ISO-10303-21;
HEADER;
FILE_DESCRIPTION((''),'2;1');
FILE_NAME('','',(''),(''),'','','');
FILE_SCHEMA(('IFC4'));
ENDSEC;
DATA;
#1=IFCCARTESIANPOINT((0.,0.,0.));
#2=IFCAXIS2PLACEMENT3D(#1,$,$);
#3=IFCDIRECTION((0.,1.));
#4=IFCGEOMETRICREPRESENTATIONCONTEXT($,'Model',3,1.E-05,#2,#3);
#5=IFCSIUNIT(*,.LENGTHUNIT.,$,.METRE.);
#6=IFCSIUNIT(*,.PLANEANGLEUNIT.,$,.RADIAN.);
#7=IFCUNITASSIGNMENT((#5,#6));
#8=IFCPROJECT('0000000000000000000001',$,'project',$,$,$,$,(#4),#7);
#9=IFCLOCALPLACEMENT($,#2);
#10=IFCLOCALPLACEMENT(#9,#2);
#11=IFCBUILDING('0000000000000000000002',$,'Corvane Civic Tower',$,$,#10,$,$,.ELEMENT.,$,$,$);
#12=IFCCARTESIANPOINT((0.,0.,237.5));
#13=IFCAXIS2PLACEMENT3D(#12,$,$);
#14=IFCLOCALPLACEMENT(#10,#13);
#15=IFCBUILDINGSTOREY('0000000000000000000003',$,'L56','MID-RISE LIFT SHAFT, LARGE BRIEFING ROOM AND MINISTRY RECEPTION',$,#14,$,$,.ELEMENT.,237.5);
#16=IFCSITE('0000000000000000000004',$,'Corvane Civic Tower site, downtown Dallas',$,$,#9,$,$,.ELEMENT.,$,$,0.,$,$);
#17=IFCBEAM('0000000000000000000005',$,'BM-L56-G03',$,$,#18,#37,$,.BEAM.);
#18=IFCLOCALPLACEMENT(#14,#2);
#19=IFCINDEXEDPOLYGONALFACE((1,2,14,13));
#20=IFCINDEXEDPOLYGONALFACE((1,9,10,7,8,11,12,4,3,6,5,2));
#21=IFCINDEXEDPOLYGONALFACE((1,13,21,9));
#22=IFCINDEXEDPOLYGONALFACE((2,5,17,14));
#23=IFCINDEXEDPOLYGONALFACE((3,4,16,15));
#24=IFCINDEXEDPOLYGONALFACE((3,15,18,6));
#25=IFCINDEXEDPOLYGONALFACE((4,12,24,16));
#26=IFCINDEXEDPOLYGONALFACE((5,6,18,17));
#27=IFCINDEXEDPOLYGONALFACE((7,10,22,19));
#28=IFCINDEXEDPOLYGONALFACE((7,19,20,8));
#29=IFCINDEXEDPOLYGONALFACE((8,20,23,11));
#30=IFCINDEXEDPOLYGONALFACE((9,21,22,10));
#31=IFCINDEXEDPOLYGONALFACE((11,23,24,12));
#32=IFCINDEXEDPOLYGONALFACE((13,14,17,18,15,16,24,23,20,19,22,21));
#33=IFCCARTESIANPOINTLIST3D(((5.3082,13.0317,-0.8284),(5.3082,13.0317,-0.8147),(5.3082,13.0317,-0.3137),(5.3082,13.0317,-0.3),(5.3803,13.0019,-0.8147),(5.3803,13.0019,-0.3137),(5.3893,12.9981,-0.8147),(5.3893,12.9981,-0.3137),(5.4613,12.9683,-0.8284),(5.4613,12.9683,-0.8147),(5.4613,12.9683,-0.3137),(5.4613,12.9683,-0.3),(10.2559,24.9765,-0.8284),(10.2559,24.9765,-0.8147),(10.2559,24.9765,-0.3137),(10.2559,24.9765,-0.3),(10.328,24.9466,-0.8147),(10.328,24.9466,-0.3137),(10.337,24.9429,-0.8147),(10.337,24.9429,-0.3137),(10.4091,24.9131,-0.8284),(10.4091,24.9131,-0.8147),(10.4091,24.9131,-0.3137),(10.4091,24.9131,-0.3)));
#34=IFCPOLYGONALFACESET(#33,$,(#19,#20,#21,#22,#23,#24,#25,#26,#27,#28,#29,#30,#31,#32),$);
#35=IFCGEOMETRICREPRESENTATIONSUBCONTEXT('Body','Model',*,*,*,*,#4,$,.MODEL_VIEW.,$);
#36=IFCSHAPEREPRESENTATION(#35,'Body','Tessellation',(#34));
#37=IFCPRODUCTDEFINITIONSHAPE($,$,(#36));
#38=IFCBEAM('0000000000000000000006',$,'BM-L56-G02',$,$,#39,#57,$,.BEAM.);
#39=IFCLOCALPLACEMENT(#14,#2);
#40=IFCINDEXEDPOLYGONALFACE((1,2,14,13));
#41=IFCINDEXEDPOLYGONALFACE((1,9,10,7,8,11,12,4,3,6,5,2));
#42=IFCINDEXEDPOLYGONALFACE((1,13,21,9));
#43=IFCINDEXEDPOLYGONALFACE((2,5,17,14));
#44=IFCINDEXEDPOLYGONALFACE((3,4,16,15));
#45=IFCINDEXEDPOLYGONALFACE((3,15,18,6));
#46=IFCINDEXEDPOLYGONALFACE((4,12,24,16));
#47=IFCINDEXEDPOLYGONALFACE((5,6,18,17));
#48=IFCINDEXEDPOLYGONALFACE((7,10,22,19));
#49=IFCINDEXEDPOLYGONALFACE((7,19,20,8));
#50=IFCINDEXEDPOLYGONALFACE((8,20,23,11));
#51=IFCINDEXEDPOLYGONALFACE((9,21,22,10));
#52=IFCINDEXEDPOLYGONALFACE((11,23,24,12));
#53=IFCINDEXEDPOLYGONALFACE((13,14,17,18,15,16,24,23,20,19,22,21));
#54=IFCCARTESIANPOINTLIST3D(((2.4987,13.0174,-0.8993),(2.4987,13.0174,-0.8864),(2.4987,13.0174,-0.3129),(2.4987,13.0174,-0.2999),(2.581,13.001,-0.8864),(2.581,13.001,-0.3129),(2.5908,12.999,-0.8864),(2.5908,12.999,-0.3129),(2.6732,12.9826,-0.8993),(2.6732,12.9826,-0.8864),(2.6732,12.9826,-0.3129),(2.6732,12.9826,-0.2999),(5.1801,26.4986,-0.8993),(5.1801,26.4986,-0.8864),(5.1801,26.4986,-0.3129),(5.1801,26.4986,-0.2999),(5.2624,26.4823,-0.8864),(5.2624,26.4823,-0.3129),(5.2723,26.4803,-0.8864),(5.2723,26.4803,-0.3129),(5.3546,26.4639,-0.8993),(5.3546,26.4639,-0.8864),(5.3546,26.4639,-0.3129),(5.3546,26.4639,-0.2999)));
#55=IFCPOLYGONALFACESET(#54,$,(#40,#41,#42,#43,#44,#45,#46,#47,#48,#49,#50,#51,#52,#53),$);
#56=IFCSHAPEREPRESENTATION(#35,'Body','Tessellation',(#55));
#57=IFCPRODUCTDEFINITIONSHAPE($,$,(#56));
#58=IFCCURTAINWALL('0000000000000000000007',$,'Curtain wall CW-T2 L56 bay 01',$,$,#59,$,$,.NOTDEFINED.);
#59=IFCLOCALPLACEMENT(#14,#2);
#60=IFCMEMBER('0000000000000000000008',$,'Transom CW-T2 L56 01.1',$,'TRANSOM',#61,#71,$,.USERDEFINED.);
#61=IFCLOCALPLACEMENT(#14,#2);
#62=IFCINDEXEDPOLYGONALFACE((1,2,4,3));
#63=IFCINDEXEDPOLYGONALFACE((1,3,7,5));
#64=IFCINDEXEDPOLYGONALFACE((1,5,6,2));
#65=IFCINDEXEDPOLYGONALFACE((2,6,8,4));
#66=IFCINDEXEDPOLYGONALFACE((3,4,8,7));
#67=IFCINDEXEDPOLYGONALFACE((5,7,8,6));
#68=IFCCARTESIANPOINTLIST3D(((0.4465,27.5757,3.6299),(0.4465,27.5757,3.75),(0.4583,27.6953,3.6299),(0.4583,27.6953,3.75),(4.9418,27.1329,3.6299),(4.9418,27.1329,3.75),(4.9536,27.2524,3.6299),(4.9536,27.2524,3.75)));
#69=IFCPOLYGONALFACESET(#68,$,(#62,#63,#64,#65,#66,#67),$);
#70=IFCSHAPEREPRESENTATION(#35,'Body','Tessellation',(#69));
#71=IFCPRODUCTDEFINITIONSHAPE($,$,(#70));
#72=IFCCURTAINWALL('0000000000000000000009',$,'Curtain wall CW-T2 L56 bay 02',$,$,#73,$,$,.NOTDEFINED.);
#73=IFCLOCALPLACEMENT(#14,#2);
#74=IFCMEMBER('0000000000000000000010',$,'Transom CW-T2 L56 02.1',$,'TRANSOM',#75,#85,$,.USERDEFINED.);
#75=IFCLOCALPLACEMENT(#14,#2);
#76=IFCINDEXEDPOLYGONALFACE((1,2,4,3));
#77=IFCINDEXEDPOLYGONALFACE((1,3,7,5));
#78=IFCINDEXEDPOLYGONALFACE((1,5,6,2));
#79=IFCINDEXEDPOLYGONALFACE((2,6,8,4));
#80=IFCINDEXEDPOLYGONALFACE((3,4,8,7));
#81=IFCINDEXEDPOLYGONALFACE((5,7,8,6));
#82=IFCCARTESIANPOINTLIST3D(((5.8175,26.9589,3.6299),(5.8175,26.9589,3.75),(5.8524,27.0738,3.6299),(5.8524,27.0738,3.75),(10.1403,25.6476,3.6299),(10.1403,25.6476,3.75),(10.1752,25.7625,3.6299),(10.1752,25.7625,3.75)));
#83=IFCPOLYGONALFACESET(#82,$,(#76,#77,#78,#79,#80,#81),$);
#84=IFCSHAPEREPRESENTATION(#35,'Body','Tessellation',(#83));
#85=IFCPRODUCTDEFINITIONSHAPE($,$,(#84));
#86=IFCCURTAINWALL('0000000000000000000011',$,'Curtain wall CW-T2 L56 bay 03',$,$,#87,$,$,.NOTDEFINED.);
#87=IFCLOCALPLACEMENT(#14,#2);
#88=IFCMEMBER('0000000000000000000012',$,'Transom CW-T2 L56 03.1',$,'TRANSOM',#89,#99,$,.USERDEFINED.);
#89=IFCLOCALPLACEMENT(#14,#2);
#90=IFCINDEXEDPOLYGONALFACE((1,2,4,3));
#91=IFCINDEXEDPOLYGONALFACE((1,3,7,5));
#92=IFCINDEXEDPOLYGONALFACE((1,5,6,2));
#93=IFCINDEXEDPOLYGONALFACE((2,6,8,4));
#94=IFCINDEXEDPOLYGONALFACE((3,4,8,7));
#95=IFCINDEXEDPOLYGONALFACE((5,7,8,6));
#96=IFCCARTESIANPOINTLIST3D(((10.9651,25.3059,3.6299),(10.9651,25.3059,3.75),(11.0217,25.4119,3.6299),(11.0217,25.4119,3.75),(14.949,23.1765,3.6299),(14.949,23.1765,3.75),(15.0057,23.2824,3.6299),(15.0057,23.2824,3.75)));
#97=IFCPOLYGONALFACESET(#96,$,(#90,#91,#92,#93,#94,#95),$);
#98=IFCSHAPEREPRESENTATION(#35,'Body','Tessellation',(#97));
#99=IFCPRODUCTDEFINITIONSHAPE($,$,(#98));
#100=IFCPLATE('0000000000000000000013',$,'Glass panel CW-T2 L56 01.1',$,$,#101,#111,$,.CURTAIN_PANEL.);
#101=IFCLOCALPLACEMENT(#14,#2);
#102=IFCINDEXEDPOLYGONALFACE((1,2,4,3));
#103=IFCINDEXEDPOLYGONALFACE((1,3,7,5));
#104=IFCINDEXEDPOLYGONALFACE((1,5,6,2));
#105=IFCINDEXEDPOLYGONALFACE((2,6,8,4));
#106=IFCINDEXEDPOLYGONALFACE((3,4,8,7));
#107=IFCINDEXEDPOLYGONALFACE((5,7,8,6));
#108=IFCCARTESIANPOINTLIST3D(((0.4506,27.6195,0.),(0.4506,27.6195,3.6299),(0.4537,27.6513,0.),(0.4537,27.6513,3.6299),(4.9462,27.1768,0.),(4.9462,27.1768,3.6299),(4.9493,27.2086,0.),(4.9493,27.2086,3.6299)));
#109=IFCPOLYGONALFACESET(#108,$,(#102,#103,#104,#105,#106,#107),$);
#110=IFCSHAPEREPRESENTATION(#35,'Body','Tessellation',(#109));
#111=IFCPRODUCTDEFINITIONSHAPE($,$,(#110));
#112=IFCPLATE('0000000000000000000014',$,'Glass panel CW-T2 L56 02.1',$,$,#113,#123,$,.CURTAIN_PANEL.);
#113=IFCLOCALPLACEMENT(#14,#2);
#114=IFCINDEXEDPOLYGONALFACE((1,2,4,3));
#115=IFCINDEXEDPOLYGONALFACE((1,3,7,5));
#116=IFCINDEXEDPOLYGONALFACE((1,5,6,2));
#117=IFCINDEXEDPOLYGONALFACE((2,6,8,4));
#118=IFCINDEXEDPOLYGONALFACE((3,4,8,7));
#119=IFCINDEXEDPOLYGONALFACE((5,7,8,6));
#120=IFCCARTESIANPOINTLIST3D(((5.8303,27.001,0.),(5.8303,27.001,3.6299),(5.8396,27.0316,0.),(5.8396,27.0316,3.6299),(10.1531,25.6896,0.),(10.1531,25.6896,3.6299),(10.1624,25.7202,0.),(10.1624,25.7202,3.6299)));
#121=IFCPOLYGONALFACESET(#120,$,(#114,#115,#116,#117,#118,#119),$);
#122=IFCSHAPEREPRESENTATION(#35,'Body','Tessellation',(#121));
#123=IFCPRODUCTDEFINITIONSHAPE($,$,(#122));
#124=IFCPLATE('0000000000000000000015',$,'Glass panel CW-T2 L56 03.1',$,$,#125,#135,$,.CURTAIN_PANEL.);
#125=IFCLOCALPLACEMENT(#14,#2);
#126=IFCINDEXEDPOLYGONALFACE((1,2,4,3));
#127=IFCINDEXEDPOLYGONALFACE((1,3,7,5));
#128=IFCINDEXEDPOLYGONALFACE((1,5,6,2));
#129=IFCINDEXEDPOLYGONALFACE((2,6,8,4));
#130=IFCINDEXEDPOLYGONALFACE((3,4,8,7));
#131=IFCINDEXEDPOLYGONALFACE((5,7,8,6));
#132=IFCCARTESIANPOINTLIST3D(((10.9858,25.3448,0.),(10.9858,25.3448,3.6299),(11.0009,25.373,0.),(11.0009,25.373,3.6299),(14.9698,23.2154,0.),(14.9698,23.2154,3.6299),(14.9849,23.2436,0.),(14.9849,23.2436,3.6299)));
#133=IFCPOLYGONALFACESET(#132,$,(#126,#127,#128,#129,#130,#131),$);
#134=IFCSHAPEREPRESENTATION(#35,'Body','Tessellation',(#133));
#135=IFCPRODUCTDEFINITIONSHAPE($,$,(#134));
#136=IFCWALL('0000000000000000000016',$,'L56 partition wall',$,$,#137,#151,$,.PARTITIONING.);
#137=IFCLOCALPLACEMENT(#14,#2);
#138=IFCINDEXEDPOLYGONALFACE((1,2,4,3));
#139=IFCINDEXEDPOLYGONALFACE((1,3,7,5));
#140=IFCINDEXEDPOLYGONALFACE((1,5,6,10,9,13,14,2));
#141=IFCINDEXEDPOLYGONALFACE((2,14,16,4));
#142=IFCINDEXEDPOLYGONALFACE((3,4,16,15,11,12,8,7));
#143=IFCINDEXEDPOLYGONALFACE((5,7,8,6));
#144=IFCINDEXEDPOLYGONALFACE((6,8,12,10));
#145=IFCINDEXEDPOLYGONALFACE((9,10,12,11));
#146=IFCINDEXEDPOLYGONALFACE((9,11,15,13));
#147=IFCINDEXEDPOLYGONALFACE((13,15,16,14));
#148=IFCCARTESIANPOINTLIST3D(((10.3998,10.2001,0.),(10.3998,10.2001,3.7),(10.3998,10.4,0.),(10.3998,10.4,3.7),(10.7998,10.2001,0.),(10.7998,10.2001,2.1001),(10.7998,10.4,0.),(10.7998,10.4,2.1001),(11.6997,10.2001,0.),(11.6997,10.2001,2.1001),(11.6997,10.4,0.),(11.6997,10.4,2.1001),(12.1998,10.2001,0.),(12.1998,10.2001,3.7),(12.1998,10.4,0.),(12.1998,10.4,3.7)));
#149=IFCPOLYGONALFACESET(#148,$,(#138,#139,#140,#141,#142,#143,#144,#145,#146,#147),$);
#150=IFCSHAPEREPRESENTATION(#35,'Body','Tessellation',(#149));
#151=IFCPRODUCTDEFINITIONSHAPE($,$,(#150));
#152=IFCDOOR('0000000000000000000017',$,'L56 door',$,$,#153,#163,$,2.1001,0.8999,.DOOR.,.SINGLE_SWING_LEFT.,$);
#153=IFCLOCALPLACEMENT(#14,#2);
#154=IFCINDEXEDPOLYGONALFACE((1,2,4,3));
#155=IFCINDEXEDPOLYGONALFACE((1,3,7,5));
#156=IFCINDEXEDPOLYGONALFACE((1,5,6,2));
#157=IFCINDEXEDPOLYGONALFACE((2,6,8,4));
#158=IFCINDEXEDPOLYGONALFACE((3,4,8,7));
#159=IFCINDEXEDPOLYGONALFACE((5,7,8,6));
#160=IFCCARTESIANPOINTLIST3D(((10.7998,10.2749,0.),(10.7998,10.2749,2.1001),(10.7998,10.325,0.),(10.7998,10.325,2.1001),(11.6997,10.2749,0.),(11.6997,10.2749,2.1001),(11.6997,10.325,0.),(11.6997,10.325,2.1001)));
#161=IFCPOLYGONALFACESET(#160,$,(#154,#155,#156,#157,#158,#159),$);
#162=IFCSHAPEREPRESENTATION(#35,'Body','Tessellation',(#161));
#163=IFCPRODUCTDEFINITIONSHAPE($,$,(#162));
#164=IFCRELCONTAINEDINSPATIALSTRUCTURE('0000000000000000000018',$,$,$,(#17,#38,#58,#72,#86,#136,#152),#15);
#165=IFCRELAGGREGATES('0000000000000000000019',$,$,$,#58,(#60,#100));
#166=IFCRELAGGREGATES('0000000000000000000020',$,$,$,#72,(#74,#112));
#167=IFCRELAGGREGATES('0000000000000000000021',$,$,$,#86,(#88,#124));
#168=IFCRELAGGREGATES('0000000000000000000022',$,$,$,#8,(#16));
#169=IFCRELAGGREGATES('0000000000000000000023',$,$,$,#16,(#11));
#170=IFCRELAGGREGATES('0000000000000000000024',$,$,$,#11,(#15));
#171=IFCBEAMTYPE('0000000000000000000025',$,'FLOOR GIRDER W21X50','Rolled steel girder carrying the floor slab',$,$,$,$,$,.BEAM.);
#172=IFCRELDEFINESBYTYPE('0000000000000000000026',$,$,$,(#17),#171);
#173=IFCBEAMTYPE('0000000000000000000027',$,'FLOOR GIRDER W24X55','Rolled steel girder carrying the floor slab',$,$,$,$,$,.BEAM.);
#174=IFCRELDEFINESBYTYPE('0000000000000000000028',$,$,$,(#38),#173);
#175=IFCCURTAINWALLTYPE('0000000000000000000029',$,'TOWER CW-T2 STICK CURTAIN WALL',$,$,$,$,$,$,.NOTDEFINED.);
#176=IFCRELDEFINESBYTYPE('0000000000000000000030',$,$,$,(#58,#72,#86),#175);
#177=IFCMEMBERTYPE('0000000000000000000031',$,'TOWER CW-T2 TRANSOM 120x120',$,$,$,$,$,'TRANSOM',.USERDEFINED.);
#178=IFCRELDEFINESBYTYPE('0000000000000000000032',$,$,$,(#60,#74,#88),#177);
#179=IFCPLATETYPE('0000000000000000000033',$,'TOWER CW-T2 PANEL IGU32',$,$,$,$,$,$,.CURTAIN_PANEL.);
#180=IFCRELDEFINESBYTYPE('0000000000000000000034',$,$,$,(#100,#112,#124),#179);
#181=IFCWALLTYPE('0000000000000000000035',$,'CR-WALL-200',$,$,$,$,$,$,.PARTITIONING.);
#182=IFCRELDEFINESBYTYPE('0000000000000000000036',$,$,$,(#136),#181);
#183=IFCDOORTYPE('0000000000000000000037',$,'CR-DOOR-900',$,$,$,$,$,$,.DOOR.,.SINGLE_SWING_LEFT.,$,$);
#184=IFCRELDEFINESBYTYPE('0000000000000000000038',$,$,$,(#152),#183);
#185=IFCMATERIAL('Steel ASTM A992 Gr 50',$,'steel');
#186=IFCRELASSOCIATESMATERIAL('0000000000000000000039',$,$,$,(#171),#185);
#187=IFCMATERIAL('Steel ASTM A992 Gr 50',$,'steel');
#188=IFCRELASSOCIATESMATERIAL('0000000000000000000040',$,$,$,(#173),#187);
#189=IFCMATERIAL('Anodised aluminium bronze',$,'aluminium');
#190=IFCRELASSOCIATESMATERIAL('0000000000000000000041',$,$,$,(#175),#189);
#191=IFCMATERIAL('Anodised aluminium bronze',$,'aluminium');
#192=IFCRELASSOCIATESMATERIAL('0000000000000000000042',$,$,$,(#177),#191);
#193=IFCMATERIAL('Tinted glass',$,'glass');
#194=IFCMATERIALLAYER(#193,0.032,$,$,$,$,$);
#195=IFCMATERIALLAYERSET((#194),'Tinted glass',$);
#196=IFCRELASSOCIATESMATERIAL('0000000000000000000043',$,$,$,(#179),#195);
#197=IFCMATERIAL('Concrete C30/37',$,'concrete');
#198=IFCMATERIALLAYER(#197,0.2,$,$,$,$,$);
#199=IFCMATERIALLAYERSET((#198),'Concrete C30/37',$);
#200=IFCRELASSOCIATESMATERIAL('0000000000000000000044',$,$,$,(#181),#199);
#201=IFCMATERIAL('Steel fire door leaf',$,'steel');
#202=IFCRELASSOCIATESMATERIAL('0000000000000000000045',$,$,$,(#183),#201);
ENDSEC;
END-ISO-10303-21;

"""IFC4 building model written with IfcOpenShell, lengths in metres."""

from ifc_helpers import new_model, si_unit, direction, frame, frame_2d, origin, origin_2d, place, context, subcontext, project, spatial, rectangle, i_section, extrude, material, layer, layer_set, material_profile, profile_set, type_object, element, fill, aggregate, save


model = new_model("IFC4")

# Units and contexts
model_context = context("Model", 3, precision=1e-05, world=origin(), true_north=direction((0.0, 1.0)))
body_context = subcontext(model_context, "Body", "Model", "MODEL_VIEW")
ifc_project = project(units=[si_unit("LENGTHUNIT", "METRE"), si_unit("PLANEANGLEUNIT", "RADIAN")], contexts=[model_context])

# Site, building, storey
site_placement = place(None, origin())
site = spatial("IfcSite", under=ifc_project, at=site_placement, Name="Corvane Civic Tower site, downtown Dallas", CompositionType="ELEMENT", RefElevation=0.0)
building_placement = place(site_placement, origin())
building = spatial("IfcBuilding", under=site, at=building_placement, Name="Corvane Civic Tower", CompositionType="ELEMENT")
storey_placement = place(building_placement, frame((0.0, 0.0, 237.5)))
storey = spatial("IfcBuildingStorey", under=building, at=storey_placement, Name="L56", Description="MID-RISE LIFT SHAFT, LARGE BRIEFING ROOM AND MINISTRY RECEPTION", CompositionType="ELEMENT", Elevation=237.5)

# Beams
ifc_material_1 = material(Name="Steel ASTM A992 Gr 50", Category="steel")
ifc_material_profile_1 = material_profile(ifc_material_1, i_section(OverallWidth=0.1658, OverallDepth=0.5283, WebThickness=0.0098, FlangeThickness=0.0137, at=origin_2d()), Name="W21X50")
ifc_profile_set_1 = profile_set([ifc_material_profile_1], Name="Steel ASTM A992 Gr 50")
beam_type_1 = type_object("IfcBeamType", Name="FLOOR GIRDER W21X50", Description="Rolled steel girder carrying the floor slab", PredefinedType="BEAM", material=ifc_profile_set_1)
beam_1_placement = place(storey_placement, frame((5.3848, 13.0, -0.5642), z_axis=(0.382686, 0.923878, 0.0), x_axis=(-0.923878, 0.382686, 0.0)))
element("IfcBeam", 1, at=beam_1_placement, inside=storey, type_object=beam_type_1, Name="BM-L56-G03", PredefinedType="BEAM", context=body_context, shape_type="SweptSolid", body=[
    extrude(i_section(OverallWidth=0.1658, OverallDepth=0.5283, WebThickness=0.0098, FlangeThickness=0.0137, at=origin_2d()), origin(), (0.0, 0.0, 1.0), 12.929),
])
ifc_material_2 = material(Name="Steel ASTM A992 Gr 50", Category="steel")
ifc_material_profile_2 = material_profile(ifc_material_2, i_section(OverallWidth=0.178, OverallDepth=0.5994, WebThickness=0.01, FlangeThickness=0.0129, at=origin_2d()), Name="W24X55")
ifc_profile_set_2 = profile_set([ifc_material_profile_2], Name="Steel ASTM A992 Gr 50")
beam_type_2 = type_object("IfcBeamType", Name="FLOOR GIRDER W24X55", Description="Rolled steel girder carrying the floor slab", PredefinedType="BEAM", material=ifc_profile_set_2)
beam_2_placement = place(storey_placement, frame((2.5859, 13.0, -0.5996), z_axis=(0.195078, 0.980788, 0.0), x_axis=(-0.980788, 0.195078, 0.0)))
element("IfcBeam", 2, at=beam_2_placement, inside=storey, type_object=beam_type_2, Name="BM-L56-G02", PredefinedType="BEAM", context=body_context, shape_type="SweptSolid", body=[
    extrude(i_section(OverallWidth=0.178, OverallDepth=0.5994, WebThickness=0.01, FlangeThickness=0.0129, at=origin_2d()), origin(), (0.0, 0.0, 1.0), 13.7454),
])

# Curtain walls, members
ifc_material_3 = material(Name="Anodised aluminium bronze", Category="aluminium")
curtain_wall_type = type_object("IfcCurtainWallType", Name="TOWER CW-T2 STICK CURTAIN WALL", PredefinedType="NOTDEFINED", material=ifc_material_3)
curtain_wall_1_placement = place(storey_placement, origin())
curtain_wall_1 = element("IfcCurtainWall", 3, at=curtain_wall_1_placement, inside=storey, type_object=curtain_wall_type, Name="Curtain wall CW-T2 L56 bay 01", PredefinedType="NOTDEFINED")
ifc_material_4 = material(Name="Anodised aluminium bronze", Category="aluminium")
ifc_material_profile_3 = material_profile(ifc_material_4, rectangle(XDim=0.1201, YDim=0.1201, at=origin_2d()), Name="TOWER CW-T2 TRANSOM 120x120")
ifc_profile_set_3 = profile_set([ifc_material_profile_3], Name="Anodised aluminium bronze")
member_type = type_object("IfcMemberType", Name="TOWER CW-T2 TRANSOM 120x120", ElementType="TRANSOM", PredefinedType="USERDEFINED", material=ifc_profile_set_3)
member_1_placement = place(storey_placement, frame((0.4524, 27.6355, 3.6899), z_axis=(0.995182, -0.098043, 0.0), x_axis=(0.098043, 0.995182, 0.0)))
member_1 = element("IfcMember", 4, at=member_1_placement, type_object=member_type, Name="Transom CW-T2 L56 01.1", ObjectType="TRANSOM", PredefinedType="USERDEFINED", context=body_context, shape_type="SweptSolid", body=[
    extrude(rectangle(XDim=0.1201, YDim=0.1201, at=origin_2d()), origin(), (0.0, 0.0, 1.0), 4.5171),
])
curtain_wall_2_placement = place(storey_placement, origin())
curtain_wall_2 = element("IfcCurtainWall", 5, at=curtain_wall_2_placement, inside=storey, type_object=curtain_wall_type, Name="Curtain wall CW-T2 L56 bay 02", PredefinedType="NOTDEFINED")
member_2_placement = place(storey_placement, frame((5.835, 27.0164, 3.6899), z_axis=(0.956941, -0.290282, 0.0), x_axis=(0.290282, 0.956941, 0.0)))
member_2 = element("IfcMember", 6, at=member_2_placement, type_object=member_type, Name="Transom CW-T2 L56 02.1", ObjectType="TRANSOM", PredefinedType="USERDEFINED", context=body_context, shape_type="SweptSolid", body=[
    extrude(rectangle(XDim=0.1201, YDim=0.1201, at=origin_2d()), origin(), (0.0, 0.0, 1.0), 4.5173),
])
curtain_wall_3_placement = place(storey_placement, origin())
curtain_wall_3 = element("IfcCurtainWall", 7, at=curtain_wall_3_placement, inside=storey, type_object=curtain_wall_type, Name="Curtain wall CW-T2 L56 bay 03", PredefinedType="NOTDEFINED")
member_3_placement = place(storey_placement, frame((10.9934, 25.3589, 3.6899), z_axis=(0.881925, -0.47139, 0.0), x_axis=(0.47139, 0.881925, 0.0)))
member_3 = element("IfcMember", 8, at=member_3_placement, type_object=member_type, Name="Transom CW-T2 L56 03.1", ObjectType="TRANSOM", PredefinedType="USERDEFINED", context=body_context, shape_type="SweptSolid", body=[
    extrude(rectangle(XDim=0.1201, YDim=0.1201, at=origin_2d()), origin(), (0.0, 0.0, 1.0), 4.5173),
])

# Plates
ifc_material_5 = material(Name="Tinted glass", Category="glass")
ifc_layer_1 = layer(ifc_material_5, 0.032)
ifc_layer_set_1 = layer_set([ifc_layer_1], Name="Tinted glass")
plate_type = type_object("IfcPlateType", Name="TOWER CW-T2 PANEL IGU32", PredefinedType="CURTAIN_PANEL", material=ifc_layer_set_1)
plate_1_placement = place(storey_placement, frame((2.7, 27.4141, 0.0), z_axis=(0.0, 0.0, 1.0), x_axis=(0.995187, -0.097993, 0.0)))
plate_1 = element("IfcPlate", 9, at=plate_1_placement, type_object=plate_type, Name="Glass panel CW-T2 L56 01.1", PredefinedType="CURTAIN_PANEL", context=body_context, shape_type="SweptSolid", body=[
    extrude(rectangle(XDim=4.5173, YDim=0.032, at=origin_2d()), origin(), (0.0, 0.0, 1.0), 3.6299),
])
aggregate(curtain_wall_1, [member_1, plate_1])
plate_2_placement = place(storey_placement, frame((7.9963, 26.3606, 0.0), z_axis=(0.0, 0.0, 1.0), x_axis=(0.956939, -0.29029, 0.0)))
plate_2 = element("IfcPlate", 10, at=plate_2_placement, type_object=plate_type, Name="Glass panel CW-T2 L56 02.1", PredefinedType="CURTAIN_PANEL", context=body_context, shape_type="SweptSolid", body=[
    extrude(rectangle(XDim=4.5173, YDim=0.032, at=origin_2d()), origin(), (0.0, 0.0, 1.0), 3.6299),
])
aggregate(curtain_wall_2, [member_2, plate_2])
plate_3_placement = place(storey_placement, frame((12.9854, 24.2942, 0.0), z_axis=(0.0, 0.0, 1.0), x_axis=(0.88192, -0.471398, 0.0)))
plate_3 = element("IfcPlate", 11, at=plate_3_placement, type_object=plate_type, Name="Glass panel CW-T2 L56 03.1", PredefinedType="CURTAIN_PANEL", context=body_context, shape_type="SweptSolid", body=[
    extrude(rectangle(XDim=4.5173, YDim=0.032, at=origin_2d()), origin(), (0.0, 0.0, 1.0), 3.6299),
])
aggregate(curtain_wall_3, [member_3, plate_3])

# Wall, opening, door
ifc_material_6 = material(Name="Concrete C30/37", Category="concrete")
ifc_layer_2 = layer(ifc_material_6, 0.2)
ifc_layer_set_2 = layer_set([ifc_layer_2], Name="Concrete C30/37")
wall_type_1 = type_object("IfcWallType", Name="CR-WALL-200", PredefinedType="PARTITIONING", material=ifc_layer_set_2)
wall_1_placement = place(storey_placement, frame((10.3999, 10.3, 0.0), z_axis=(0.0, 0.0, 1.0), x_axis=(1.0, 0.0, 0.0)))
wall_1 = element("IfcWall", 12, at=wall_1_placement, inside=storey, type_object=wall_type_1, Name="L56 partition wall", PredefinedType="PARTITIONING", context=body_context, shape_type="SweptSolid", body=[
    extrude(rectangle(XDim=1.8, YDim=0.2, at=frame_2d((0.8999, 0.0))), origin(), (0.0, 0.0, 1.0), 3.7),
])
opening_1_placement = place(wall_1_placement, frame((0.3999, 0.0, 0.0)))
opening_1 = element("IfcOpeningElement", 13, at=opening_1_placement, cuts=wall_1, PredefinedType="OPENING", context=body_context, shape_type="SweptSolid", body=[
    extrude(rectangle(XDim=0.8999, YDim=2.1001, at=frame_2d((0.45, 1.05))), frame((0.0, 0.1099, 0.0), z_axis=(0.0, -1.0, 0.0), x_axis=(1.0, 0.0, 0.0)), (0.0, 0.0, 1.0), 0.22),
])
ifc_material_7 = material(Name="Steel fire door leaf", Category="steel")
door_type_1 = type_object("IfcDoorType", Name="CR-DOOR-900", OperationType="SINGLE_SWING_LEFT", PredefinedType="DOOR", material=ifc_material_7)
door_1_placement = place(opening_1_placement, origin())
door_1 = element("IfcDoor", 14, at=door_1_placement, inside=storey, type_object=door_type_1, Name="L56 door", OperationType="SINGLE_SWING_LEFT", OverallHeight=2.1001, OverallWidth=0.8999, PredefinedType="DOOR", context=body_context, shape_type="SweptSolid", body=[
    extrude(rectangle(XDim=0.8999, YDim=2.1001, at=frame_2d((0.45, 1.05))), frame((0.0, 0.0249, 0.0), z_axis=(0.0, -1.0, 0.0), x_axis=(1.0, 0.0, 0.0)), (0.0, 0.0, 1.0), 0.05),
])
fill(opening_1, door_1)

save(model, "model.ifc")
